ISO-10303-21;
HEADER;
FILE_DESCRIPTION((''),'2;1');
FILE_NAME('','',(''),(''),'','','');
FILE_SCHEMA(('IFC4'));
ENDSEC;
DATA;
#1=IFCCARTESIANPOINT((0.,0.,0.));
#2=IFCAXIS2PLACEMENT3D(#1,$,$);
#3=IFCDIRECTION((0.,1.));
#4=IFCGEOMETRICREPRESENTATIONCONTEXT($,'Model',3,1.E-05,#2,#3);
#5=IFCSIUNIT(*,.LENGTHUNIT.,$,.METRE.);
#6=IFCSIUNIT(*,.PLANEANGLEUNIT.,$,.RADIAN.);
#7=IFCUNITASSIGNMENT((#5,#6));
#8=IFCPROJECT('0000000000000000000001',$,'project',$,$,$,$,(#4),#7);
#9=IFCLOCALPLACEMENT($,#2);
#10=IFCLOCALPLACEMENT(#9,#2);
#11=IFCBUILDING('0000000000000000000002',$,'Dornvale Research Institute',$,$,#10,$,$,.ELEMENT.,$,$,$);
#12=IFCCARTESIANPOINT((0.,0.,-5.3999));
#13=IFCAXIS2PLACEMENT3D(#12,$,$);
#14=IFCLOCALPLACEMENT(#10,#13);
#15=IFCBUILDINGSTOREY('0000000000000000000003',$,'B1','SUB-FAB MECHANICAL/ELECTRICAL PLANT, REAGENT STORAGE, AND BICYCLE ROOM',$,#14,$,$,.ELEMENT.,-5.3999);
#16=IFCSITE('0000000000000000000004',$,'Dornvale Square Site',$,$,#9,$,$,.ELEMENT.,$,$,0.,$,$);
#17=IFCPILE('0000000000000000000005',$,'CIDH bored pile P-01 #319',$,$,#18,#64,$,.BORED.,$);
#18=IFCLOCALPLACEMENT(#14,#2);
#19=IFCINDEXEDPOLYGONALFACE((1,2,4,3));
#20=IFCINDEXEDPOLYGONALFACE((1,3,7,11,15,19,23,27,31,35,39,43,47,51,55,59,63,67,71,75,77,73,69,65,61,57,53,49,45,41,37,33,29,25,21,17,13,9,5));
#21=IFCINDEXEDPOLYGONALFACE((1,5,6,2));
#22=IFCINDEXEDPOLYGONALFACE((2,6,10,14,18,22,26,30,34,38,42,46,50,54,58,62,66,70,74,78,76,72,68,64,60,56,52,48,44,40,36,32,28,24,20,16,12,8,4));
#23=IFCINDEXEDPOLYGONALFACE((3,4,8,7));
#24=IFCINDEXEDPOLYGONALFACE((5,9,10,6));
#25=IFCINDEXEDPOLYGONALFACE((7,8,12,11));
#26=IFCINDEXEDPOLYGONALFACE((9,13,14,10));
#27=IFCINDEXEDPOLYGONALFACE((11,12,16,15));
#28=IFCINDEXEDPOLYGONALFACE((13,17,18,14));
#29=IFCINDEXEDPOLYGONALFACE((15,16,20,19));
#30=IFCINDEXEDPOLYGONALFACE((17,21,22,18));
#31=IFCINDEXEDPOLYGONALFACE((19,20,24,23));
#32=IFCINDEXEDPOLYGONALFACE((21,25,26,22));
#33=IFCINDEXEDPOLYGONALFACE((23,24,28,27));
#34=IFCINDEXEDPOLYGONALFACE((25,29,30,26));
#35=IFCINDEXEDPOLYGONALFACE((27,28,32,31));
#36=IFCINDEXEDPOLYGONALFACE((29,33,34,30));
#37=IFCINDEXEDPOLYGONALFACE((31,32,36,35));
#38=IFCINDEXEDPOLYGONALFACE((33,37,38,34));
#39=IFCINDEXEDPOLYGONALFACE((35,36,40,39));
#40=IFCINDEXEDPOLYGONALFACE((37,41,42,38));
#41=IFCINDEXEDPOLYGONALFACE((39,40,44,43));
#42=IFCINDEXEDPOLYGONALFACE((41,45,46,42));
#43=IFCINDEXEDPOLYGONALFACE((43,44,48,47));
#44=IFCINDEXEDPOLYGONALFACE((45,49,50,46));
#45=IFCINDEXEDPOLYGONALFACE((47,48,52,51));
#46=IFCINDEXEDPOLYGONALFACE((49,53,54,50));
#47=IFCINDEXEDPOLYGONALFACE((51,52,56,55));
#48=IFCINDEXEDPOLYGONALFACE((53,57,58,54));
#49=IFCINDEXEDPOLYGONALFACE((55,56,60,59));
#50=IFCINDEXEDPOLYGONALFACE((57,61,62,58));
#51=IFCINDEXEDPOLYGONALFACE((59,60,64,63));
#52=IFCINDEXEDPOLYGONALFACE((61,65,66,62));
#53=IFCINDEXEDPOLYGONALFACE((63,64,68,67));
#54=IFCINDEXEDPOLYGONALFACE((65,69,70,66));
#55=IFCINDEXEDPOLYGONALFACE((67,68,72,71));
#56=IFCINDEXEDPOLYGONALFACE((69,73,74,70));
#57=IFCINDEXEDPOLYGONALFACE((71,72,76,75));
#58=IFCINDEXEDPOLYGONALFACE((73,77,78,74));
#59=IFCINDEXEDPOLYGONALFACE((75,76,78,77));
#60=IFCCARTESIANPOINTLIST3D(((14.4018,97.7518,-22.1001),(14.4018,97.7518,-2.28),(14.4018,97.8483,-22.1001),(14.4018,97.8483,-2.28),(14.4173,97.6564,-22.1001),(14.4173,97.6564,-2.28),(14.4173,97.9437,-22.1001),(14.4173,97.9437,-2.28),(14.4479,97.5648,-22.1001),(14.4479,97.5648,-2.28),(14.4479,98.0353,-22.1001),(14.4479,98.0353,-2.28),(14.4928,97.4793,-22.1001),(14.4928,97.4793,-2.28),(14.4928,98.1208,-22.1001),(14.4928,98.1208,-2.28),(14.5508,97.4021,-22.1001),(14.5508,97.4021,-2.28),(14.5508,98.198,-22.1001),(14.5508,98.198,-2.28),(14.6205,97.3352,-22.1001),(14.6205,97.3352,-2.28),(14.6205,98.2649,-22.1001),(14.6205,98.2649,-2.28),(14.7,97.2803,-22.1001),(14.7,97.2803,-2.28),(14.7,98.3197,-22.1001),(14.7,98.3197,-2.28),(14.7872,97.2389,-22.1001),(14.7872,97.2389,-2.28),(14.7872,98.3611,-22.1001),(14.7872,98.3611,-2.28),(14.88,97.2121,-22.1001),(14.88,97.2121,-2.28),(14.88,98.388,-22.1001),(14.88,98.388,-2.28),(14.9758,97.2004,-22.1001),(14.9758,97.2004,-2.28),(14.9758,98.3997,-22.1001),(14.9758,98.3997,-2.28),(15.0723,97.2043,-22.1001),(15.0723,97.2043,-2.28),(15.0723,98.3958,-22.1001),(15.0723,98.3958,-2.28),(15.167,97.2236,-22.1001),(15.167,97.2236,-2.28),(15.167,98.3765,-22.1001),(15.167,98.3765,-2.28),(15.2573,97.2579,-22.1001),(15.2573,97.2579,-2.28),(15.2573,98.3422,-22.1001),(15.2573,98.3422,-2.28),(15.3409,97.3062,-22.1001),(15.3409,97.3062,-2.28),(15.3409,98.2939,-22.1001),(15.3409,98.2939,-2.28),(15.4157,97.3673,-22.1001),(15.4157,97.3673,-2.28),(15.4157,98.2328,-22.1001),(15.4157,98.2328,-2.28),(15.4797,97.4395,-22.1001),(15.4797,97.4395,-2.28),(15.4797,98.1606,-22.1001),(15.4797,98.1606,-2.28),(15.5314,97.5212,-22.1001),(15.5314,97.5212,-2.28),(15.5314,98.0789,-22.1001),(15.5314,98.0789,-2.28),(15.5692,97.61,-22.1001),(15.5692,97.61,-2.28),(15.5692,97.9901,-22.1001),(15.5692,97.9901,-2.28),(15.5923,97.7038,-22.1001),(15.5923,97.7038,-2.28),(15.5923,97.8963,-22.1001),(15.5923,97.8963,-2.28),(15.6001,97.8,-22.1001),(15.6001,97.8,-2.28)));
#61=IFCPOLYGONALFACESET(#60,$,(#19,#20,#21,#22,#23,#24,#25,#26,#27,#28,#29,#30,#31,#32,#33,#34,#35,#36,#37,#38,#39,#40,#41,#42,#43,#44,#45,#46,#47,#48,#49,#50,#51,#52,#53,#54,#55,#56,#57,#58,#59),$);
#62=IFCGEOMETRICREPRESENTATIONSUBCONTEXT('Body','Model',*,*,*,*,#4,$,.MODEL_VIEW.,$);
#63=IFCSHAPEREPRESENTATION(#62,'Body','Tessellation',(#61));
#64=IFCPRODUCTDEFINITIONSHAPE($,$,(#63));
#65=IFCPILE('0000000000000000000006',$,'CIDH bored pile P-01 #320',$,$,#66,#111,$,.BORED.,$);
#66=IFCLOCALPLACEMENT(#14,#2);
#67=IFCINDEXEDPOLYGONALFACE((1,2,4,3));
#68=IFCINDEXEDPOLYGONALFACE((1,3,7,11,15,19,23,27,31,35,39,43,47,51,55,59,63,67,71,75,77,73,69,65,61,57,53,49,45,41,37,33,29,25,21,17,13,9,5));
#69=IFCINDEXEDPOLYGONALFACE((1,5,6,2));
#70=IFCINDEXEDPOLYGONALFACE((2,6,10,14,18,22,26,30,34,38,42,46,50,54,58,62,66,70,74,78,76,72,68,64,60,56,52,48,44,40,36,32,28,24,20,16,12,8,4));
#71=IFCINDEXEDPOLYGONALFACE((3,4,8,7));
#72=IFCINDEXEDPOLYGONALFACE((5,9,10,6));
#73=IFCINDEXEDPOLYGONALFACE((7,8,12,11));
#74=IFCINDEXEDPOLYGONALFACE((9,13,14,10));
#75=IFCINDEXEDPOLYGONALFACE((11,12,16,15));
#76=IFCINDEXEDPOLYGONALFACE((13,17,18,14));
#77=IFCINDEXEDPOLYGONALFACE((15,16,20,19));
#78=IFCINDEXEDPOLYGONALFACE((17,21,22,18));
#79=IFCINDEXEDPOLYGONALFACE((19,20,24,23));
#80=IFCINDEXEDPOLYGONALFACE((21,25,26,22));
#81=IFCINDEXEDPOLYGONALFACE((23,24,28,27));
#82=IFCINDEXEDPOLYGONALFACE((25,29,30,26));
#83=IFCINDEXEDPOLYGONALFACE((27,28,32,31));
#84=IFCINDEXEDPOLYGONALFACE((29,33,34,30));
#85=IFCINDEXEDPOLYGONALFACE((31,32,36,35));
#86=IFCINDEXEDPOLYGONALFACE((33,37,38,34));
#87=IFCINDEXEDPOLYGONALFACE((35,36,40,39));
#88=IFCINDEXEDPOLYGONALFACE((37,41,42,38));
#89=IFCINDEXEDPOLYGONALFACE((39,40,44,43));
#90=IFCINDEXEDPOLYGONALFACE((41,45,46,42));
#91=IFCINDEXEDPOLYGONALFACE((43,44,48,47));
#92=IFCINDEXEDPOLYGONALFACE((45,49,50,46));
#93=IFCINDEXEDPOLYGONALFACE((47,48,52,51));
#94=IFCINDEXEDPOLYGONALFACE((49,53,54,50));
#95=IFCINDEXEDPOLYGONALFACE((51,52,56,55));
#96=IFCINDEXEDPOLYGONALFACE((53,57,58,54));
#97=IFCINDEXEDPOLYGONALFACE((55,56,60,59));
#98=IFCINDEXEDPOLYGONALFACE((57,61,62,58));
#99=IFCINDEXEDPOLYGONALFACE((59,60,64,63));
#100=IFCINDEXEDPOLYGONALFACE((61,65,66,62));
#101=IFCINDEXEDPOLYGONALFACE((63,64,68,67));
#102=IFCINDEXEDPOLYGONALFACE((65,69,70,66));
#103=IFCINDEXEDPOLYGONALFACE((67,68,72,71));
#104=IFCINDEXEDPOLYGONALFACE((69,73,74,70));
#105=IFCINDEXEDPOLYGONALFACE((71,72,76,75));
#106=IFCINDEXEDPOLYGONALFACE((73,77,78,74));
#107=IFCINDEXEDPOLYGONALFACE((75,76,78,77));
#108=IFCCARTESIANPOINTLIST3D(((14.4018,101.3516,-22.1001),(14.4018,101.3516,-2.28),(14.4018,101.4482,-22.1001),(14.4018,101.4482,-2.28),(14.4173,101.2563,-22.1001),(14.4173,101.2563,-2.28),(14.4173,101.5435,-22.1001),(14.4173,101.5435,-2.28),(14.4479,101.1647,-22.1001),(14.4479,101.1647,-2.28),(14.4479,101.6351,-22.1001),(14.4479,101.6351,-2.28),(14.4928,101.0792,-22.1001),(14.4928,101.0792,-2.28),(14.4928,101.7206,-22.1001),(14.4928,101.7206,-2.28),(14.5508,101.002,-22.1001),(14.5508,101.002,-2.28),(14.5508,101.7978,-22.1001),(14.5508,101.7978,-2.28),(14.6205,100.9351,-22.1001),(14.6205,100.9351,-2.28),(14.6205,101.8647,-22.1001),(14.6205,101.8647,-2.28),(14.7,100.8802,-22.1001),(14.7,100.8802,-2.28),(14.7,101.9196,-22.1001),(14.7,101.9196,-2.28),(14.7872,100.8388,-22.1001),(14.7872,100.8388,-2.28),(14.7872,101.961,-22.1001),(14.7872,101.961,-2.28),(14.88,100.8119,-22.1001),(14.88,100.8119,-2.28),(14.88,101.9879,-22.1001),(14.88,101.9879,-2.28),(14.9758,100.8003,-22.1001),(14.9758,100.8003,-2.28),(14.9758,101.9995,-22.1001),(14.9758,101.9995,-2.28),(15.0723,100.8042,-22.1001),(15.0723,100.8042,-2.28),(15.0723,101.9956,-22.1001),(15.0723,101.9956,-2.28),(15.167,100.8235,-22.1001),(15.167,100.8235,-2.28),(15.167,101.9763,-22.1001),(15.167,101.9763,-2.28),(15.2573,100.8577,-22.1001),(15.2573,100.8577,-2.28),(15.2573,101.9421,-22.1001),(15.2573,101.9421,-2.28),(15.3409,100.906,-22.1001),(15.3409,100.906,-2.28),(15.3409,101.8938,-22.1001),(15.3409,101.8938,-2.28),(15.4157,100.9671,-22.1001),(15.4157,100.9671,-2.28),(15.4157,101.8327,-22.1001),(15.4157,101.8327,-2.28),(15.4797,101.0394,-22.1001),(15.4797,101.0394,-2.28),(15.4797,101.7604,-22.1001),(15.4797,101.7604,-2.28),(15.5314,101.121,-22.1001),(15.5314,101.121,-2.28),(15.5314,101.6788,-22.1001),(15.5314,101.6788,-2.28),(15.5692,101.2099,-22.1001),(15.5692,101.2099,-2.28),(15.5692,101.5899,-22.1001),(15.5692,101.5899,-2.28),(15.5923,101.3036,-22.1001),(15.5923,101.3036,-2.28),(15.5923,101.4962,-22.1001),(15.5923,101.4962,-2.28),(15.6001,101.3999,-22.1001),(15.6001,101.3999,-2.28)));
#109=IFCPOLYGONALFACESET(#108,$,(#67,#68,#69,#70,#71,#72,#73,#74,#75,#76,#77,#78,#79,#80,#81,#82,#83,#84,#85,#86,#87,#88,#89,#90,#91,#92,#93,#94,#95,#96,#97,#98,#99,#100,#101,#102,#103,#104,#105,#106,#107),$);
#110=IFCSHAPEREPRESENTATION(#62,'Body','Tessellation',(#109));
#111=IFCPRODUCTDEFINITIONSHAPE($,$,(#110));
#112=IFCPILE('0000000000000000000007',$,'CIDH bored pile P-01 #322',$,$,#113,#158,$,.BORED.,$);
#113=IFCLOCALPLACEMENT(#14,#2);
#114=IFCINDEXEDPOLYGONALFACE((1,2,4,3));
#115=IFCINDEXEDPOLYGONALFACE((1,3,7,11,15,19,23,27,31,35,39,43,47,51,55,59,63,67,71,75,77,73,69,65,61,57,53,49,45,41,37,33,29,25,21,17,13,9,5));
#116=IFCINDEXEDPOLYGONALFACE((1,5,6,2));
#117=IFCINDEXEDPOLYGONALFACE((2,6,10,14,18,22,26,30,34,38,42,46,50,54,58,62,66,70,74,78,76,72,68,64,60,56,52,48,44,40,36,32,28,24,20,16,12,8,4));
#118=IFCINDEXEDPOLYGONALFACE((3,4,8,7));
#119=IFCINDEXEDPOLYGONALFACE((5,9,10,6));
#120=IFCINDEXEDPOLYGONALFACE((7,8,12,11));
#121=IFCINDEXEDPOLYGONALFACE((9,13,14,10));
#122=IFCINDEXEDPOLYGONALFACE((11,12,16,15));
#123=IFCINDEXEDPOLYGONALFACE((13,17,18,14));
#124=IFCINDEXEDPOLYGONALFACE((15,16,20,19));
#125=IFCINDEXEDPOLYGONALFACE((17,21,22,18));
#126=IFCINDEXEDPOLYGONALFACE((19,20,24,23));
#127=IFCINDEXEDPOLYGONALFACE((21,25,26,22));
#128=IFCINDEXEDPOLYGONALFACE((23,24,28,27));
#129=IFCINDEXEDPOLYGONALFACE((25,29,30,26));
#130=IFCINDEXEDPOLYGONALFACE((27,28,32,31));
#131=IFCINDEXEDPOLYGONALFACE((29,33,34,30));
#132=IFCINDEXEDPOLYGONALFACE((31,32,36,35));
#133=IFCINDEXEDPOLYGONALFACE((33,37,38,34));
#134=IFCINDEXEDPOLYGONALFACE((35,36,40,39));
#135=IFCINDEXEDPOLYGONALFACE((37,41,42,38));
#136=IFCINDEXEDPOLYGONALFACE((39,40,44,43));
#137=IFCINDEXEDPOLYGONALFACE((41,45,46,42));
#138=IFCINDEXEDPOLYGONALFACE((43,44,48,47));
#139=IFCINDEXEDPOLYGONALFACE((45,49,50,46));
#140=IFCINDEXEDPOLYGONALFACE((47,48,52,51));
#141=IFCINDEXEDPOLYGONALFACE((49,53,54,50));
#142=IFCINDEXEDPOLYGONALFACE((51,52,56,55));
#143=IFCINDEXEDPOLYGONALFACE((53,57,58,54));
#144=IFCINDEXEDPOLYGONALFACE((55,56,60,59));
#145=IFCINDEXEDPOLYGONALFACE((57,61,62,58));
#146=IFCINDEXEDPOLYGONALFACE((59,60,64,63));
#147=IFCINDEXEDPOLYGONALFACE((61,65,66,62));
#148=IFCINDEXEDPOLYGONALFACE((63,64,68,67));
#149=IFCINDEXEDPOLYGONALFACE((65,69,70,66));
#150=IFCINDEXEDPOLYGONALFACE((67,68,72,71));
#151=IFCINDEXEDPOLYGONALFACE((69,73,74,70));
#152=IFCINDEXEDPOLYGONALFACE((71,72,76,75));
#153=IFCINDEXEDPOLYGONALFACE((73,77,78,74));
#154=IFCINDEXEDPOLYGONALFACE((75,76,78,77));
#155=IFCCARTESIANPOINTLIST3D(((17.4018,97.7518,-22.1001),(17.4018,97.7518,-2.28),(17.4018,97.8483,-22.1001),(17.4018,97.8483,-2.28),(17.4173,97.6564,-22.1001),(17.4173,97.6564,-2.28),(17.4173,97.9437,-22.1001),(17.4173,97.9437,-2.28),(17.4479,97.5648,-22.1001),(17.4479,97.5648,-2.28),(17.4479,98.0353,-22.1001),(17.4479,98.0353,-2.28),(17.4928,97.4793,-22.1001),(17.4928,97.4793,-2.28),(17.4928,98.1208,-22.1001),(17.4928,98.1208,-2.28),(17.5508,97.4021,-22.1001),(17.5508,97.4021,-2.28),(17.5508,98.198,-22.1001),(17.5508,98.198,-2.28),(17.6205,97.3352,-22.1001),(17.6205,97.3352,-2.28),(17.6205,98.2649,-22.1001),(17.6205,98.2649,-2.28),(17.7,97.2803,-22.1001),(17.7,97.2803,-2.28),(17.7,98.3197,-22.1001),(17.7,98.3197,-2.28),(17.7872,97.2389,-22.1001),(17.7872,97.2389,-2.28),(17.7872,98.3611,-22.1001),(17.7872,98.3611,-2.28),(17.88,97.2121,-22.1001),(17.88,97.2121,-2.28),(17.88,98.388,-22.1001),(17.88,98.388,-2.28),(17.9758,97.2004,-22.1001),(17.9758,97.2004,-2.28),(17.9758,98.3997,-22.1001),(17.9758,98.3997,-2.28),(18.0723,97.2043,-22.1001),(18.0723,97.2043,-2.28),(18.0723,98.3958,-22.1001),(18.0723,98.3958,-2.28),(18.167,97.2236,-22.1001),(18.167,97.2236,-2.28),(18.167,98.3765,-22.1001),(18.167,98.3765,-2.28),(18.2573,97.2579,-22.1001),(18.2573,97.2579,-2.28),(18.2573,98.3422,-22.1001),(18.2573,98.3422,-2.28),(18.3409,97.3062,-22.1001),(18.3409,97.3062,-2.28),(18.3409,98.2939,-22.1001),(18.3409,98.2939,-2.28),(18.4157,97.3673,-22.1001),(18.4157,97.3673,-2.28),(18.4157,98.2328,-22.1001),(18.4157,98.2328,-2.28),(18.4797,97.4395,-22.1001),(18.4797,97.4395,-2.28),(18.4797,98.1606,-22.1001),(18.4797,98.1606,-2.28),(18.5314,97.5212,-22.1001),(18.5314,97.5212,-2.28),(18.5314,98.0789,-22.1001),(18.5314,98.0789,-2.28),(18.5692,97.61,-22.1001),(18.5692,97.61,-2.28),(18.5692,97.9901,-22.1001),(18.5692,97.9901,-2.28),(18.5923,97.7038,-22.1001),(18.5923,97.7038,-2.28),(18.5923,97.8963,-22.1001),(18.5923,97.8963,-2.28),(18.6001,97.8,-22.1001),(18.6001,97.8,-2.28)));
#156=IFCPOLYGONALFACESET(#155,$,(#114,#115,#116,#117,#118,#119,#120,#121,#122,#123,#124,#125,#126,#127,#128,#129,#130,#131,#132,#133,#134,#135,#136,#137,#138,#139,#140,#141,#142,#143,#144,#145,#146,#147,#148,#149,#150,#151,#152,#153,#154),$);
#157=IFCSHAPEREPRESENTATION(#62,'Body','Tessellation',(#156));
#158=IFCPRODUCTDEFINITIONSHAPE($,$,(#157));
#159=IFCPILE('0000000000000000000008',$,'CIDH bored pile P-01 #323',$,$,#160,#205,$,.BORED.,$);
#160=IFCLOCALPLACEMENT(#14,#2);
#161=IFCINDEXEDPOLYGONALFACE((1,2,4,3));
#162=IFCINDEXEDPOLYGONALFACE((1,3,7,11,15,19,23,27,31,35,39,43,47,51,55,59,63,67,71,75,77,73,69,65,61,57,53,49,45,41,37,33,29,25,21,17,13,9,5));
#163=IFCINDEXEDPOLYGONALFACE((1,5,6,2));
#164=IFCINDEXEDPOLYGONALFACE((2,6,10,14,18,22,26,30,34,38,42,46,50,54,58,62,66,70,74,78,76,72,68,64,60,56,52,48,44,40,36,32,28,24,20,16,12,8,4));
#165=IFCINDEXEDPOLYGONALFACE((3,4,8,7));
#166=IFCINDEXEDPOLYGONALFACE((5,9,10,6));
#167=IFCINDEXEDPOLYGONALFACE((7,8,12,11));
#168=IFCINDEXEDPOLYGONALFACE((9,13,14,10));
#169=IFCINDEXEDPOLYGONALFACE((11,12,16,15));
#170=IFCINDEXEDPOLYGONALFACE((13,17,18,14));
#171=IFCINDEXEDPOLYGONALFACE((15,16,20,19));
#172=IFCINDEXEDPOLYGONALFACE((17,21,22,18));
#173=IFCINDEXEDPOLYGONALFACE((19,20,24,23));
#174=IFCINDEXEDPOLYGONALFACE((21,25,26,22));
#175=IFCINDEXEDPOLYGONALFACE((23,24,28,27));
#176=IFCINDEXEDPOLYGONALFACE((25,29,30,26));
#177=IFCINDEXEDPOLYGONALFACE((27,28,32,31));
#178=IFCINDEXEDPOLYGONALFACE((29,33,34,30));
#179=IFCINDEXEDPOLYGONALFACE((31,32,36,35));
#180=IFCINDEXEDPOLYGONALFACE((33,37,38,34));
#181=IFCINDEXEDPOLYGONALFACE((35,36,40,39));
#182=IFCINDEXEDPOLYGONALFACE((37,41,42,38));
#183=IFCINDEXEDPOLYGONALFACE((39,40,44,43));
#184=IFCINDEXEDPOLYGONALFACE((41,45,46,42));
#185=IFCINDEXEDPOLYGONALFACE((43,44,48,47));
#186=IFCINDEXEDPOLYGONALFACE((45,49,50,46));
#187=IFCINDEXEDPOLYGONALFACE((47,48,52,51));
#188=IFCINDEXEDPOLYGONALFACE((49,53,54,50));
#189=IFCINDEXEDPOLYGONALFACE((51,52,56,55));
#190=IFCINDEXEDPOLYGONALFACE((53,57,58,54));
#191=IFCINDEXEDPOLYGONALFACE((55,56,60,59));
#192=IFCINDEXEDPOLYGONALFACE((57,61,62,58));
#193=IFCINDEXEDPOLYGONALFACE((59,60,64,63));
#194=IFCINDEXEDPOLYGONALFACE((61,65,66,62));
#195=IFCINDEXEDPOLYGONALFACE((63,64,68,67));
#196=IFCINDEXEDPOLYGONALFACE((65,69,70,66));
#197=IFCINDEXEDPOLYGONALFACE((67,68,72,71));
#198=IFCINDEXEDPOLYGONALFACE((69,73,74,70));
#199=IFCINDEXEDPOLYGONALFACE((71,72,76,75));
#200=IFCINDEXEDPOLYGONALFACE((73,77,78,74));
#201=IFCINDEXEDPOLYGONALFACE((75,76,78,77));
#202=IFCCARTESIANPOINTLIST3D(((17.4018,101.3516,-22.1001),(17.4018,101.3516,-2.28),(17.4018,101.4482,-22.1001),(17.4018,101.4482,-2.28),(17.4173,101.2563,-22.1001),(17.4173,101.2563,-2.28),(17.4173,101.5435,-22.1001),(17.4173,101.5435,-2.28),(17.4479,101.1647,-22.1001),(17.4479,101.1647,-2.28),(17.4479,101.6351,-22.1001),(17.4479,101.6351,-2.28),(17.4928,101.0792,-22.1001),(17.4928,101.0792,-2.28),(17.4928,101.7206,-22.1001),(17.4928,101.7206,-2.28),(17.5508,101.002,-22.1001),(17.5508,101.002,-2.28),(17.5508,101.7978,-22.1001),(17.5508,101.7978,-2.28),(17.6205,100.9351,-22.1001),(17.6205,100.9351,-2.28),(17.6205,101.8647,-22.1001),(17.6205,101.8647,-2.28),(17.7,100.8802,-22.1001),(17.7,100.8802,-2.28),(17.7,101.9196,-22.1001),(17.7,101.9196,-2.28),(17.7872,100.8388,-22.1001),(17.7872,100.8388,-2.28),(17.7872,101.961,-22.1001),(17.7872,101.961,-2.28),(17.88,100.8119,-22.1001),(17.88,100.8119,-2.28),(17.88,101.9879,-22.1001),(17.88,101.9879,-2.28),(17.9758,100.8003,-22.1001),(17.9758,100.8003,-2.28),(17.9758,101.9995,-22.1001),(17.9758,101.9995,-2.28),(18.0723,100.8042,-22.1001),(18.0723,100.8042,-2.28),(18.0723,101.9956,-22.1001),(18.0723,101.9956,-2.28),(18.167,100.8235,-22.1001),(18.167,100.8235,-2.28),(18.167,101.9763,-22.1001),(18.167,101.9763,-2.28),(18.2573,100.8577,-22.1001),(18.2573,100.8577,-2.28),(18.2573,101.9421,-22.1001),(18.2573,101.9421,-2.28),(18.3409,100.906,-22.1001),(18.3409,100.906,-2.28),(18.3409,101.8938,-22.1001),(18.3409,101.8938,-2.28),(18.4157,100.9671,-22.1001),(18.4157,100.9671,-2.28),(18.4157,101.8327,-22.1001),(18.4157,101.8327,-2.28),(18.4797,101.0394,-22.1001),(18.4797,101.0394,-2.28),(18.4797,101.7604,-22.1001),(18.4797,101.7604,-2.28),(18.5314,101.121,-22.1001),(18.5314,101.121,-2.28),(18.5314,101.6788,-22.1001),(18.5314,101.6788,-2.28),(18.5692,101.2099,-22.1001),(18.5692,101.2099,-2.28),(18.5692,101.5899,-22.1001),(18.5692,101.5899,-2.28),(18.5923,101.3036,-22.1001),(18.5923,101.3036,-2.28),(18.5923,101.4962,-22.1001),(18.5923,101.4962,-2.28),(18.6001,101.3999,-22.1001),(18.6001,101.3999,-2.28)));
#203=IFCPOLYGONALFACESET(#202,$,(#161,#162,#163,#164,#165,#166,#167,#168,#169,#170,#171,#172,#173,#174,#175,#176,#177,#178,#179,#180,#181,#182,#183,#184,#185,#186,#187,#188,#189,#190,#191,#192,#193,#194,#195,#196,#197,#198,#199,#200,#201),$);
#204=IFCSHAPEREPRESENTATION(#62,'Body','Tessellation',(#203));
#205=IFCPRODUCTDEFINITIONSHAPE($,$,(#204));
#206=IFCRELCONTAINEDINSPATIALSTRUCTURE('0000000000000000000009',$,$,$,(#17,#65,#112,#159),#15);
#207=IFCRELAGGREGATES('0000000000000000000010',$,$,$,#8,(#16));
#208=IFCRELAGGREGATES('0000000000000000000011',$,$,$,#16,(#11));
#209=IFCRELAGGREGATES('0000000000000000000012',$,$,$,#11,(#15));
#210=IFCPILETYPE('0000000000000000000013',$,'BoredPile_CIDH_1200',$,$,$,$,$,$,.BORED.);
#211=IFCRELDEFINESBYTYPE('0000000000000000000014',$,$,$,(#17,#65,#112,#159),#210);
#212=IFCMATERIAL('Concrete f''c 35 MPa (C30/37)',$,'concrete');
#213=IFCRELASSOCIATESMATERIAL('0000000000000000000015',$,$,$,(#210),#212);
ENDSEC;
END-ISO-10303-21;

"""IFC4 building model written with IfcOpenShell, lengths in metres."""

from ifc_helpers import new_model, si_unit, direction, frame, origin, origin_2d, place, context, subcontext, project, spatial, circle, extrude, material, material_profile, profile_set, type_object, element, save


model = new_model("IFC4")

# Units and contexts
model_context = context("Model", 3, precision=1e-05, world=origin(), true_north=direction((0.0, 1.0)))
body_context = subcontext(model_context, "Body", "Model", "MODEL_VIEW")
ifc_project = project(units=[si_unit("LENGTHUNIT", "METRE"), si_unit("PLANEANGLEUNIT", "RADIAN")], contexts=[model_context])

# Site, building, storey
site_placement = place(None, origin())
site = spatial("IfcSite", under=ifc_project, at=site_placement, Name="Dornvale Square Site", CompositionType="ELEMENT", RefElevation=0.0)
building_placement = place(site_placement, origin())
building = spatial("IfcBuilding", under=site, at=building_placement, Name="Dornvale Research Institute", CompositionType="ELEMENT")
storey_placement = place(building_placement, frame((0.0, 0.0, -5.3999)))
storey = spatial("IfcBuildingStorey", under=building, at=storey_placement, Name="B1", Description="SUB-FAB MECHANICAL/ELECTRICAL PLANT, REAGENT STORAGE, AND BICYCLE ROOM", CompositionType="ELEMENT", Elevation=-5.3999)

# Piles
ifc_material_1 = material(Name="Concrete f'c 35 MPa (C30/37)", Category="concrete")
ifc_material_profile_1 = material_profile(ifc_material_1, circle(Radius=0.6001, at=origin_2d()), Name="CIDH PILE D1200")
ifc_profile_set_1 = profile_set([ifc_material_profile_1], Name="Concrete f'c 35 MPa (C30/37)")
pile_type_1 = type_object("IfcPileType", Name="BoredPile_CIDH_1200", PredefinedType="BORED", material=ifc_profile_set_1)
for number, where, z_axis, x_axis, name in (
    (1, (15.0, 97.8, -2.28), (0.0, 0.0, -1.0), (1.0, 0.0, 0.0), "CIDH bored pile P-01 #319"),
    (2, (15.0, 101.3999, -2.28), (0.0, 0.0, -1.0), (1.0, 0.0, 0.0), "CIDH bored pile P-01 #320"),
    (3, (18.0, 97.8, -2.28), (0.0, 0.0, -1.0), (1.0, 0.0, 0.0), "CIDH bored pile P-01 #322"),
    (4, (18.0, 101.3999, -2.28), (0.0, 0.0, -1.0), (1.0, 0.0, 0.0), "CIDH bored pile P-01 #323"),
):
    element("IfcPile", number, at=place(storey_placement, frame(where, z_axis=z_axis, x_axis=x_axis)), inside=storey, type_object=pile_type_1, Name=name, PredefinedType="BORED", context=body_context, shape_type="SweptSolid", body=[
        extrude(circle(Radius=0.6001, at=origin_2d()), origin(), (0.0, 0.0, 1.0), 19.8201),
    ])

save(model, "model.ifc")
